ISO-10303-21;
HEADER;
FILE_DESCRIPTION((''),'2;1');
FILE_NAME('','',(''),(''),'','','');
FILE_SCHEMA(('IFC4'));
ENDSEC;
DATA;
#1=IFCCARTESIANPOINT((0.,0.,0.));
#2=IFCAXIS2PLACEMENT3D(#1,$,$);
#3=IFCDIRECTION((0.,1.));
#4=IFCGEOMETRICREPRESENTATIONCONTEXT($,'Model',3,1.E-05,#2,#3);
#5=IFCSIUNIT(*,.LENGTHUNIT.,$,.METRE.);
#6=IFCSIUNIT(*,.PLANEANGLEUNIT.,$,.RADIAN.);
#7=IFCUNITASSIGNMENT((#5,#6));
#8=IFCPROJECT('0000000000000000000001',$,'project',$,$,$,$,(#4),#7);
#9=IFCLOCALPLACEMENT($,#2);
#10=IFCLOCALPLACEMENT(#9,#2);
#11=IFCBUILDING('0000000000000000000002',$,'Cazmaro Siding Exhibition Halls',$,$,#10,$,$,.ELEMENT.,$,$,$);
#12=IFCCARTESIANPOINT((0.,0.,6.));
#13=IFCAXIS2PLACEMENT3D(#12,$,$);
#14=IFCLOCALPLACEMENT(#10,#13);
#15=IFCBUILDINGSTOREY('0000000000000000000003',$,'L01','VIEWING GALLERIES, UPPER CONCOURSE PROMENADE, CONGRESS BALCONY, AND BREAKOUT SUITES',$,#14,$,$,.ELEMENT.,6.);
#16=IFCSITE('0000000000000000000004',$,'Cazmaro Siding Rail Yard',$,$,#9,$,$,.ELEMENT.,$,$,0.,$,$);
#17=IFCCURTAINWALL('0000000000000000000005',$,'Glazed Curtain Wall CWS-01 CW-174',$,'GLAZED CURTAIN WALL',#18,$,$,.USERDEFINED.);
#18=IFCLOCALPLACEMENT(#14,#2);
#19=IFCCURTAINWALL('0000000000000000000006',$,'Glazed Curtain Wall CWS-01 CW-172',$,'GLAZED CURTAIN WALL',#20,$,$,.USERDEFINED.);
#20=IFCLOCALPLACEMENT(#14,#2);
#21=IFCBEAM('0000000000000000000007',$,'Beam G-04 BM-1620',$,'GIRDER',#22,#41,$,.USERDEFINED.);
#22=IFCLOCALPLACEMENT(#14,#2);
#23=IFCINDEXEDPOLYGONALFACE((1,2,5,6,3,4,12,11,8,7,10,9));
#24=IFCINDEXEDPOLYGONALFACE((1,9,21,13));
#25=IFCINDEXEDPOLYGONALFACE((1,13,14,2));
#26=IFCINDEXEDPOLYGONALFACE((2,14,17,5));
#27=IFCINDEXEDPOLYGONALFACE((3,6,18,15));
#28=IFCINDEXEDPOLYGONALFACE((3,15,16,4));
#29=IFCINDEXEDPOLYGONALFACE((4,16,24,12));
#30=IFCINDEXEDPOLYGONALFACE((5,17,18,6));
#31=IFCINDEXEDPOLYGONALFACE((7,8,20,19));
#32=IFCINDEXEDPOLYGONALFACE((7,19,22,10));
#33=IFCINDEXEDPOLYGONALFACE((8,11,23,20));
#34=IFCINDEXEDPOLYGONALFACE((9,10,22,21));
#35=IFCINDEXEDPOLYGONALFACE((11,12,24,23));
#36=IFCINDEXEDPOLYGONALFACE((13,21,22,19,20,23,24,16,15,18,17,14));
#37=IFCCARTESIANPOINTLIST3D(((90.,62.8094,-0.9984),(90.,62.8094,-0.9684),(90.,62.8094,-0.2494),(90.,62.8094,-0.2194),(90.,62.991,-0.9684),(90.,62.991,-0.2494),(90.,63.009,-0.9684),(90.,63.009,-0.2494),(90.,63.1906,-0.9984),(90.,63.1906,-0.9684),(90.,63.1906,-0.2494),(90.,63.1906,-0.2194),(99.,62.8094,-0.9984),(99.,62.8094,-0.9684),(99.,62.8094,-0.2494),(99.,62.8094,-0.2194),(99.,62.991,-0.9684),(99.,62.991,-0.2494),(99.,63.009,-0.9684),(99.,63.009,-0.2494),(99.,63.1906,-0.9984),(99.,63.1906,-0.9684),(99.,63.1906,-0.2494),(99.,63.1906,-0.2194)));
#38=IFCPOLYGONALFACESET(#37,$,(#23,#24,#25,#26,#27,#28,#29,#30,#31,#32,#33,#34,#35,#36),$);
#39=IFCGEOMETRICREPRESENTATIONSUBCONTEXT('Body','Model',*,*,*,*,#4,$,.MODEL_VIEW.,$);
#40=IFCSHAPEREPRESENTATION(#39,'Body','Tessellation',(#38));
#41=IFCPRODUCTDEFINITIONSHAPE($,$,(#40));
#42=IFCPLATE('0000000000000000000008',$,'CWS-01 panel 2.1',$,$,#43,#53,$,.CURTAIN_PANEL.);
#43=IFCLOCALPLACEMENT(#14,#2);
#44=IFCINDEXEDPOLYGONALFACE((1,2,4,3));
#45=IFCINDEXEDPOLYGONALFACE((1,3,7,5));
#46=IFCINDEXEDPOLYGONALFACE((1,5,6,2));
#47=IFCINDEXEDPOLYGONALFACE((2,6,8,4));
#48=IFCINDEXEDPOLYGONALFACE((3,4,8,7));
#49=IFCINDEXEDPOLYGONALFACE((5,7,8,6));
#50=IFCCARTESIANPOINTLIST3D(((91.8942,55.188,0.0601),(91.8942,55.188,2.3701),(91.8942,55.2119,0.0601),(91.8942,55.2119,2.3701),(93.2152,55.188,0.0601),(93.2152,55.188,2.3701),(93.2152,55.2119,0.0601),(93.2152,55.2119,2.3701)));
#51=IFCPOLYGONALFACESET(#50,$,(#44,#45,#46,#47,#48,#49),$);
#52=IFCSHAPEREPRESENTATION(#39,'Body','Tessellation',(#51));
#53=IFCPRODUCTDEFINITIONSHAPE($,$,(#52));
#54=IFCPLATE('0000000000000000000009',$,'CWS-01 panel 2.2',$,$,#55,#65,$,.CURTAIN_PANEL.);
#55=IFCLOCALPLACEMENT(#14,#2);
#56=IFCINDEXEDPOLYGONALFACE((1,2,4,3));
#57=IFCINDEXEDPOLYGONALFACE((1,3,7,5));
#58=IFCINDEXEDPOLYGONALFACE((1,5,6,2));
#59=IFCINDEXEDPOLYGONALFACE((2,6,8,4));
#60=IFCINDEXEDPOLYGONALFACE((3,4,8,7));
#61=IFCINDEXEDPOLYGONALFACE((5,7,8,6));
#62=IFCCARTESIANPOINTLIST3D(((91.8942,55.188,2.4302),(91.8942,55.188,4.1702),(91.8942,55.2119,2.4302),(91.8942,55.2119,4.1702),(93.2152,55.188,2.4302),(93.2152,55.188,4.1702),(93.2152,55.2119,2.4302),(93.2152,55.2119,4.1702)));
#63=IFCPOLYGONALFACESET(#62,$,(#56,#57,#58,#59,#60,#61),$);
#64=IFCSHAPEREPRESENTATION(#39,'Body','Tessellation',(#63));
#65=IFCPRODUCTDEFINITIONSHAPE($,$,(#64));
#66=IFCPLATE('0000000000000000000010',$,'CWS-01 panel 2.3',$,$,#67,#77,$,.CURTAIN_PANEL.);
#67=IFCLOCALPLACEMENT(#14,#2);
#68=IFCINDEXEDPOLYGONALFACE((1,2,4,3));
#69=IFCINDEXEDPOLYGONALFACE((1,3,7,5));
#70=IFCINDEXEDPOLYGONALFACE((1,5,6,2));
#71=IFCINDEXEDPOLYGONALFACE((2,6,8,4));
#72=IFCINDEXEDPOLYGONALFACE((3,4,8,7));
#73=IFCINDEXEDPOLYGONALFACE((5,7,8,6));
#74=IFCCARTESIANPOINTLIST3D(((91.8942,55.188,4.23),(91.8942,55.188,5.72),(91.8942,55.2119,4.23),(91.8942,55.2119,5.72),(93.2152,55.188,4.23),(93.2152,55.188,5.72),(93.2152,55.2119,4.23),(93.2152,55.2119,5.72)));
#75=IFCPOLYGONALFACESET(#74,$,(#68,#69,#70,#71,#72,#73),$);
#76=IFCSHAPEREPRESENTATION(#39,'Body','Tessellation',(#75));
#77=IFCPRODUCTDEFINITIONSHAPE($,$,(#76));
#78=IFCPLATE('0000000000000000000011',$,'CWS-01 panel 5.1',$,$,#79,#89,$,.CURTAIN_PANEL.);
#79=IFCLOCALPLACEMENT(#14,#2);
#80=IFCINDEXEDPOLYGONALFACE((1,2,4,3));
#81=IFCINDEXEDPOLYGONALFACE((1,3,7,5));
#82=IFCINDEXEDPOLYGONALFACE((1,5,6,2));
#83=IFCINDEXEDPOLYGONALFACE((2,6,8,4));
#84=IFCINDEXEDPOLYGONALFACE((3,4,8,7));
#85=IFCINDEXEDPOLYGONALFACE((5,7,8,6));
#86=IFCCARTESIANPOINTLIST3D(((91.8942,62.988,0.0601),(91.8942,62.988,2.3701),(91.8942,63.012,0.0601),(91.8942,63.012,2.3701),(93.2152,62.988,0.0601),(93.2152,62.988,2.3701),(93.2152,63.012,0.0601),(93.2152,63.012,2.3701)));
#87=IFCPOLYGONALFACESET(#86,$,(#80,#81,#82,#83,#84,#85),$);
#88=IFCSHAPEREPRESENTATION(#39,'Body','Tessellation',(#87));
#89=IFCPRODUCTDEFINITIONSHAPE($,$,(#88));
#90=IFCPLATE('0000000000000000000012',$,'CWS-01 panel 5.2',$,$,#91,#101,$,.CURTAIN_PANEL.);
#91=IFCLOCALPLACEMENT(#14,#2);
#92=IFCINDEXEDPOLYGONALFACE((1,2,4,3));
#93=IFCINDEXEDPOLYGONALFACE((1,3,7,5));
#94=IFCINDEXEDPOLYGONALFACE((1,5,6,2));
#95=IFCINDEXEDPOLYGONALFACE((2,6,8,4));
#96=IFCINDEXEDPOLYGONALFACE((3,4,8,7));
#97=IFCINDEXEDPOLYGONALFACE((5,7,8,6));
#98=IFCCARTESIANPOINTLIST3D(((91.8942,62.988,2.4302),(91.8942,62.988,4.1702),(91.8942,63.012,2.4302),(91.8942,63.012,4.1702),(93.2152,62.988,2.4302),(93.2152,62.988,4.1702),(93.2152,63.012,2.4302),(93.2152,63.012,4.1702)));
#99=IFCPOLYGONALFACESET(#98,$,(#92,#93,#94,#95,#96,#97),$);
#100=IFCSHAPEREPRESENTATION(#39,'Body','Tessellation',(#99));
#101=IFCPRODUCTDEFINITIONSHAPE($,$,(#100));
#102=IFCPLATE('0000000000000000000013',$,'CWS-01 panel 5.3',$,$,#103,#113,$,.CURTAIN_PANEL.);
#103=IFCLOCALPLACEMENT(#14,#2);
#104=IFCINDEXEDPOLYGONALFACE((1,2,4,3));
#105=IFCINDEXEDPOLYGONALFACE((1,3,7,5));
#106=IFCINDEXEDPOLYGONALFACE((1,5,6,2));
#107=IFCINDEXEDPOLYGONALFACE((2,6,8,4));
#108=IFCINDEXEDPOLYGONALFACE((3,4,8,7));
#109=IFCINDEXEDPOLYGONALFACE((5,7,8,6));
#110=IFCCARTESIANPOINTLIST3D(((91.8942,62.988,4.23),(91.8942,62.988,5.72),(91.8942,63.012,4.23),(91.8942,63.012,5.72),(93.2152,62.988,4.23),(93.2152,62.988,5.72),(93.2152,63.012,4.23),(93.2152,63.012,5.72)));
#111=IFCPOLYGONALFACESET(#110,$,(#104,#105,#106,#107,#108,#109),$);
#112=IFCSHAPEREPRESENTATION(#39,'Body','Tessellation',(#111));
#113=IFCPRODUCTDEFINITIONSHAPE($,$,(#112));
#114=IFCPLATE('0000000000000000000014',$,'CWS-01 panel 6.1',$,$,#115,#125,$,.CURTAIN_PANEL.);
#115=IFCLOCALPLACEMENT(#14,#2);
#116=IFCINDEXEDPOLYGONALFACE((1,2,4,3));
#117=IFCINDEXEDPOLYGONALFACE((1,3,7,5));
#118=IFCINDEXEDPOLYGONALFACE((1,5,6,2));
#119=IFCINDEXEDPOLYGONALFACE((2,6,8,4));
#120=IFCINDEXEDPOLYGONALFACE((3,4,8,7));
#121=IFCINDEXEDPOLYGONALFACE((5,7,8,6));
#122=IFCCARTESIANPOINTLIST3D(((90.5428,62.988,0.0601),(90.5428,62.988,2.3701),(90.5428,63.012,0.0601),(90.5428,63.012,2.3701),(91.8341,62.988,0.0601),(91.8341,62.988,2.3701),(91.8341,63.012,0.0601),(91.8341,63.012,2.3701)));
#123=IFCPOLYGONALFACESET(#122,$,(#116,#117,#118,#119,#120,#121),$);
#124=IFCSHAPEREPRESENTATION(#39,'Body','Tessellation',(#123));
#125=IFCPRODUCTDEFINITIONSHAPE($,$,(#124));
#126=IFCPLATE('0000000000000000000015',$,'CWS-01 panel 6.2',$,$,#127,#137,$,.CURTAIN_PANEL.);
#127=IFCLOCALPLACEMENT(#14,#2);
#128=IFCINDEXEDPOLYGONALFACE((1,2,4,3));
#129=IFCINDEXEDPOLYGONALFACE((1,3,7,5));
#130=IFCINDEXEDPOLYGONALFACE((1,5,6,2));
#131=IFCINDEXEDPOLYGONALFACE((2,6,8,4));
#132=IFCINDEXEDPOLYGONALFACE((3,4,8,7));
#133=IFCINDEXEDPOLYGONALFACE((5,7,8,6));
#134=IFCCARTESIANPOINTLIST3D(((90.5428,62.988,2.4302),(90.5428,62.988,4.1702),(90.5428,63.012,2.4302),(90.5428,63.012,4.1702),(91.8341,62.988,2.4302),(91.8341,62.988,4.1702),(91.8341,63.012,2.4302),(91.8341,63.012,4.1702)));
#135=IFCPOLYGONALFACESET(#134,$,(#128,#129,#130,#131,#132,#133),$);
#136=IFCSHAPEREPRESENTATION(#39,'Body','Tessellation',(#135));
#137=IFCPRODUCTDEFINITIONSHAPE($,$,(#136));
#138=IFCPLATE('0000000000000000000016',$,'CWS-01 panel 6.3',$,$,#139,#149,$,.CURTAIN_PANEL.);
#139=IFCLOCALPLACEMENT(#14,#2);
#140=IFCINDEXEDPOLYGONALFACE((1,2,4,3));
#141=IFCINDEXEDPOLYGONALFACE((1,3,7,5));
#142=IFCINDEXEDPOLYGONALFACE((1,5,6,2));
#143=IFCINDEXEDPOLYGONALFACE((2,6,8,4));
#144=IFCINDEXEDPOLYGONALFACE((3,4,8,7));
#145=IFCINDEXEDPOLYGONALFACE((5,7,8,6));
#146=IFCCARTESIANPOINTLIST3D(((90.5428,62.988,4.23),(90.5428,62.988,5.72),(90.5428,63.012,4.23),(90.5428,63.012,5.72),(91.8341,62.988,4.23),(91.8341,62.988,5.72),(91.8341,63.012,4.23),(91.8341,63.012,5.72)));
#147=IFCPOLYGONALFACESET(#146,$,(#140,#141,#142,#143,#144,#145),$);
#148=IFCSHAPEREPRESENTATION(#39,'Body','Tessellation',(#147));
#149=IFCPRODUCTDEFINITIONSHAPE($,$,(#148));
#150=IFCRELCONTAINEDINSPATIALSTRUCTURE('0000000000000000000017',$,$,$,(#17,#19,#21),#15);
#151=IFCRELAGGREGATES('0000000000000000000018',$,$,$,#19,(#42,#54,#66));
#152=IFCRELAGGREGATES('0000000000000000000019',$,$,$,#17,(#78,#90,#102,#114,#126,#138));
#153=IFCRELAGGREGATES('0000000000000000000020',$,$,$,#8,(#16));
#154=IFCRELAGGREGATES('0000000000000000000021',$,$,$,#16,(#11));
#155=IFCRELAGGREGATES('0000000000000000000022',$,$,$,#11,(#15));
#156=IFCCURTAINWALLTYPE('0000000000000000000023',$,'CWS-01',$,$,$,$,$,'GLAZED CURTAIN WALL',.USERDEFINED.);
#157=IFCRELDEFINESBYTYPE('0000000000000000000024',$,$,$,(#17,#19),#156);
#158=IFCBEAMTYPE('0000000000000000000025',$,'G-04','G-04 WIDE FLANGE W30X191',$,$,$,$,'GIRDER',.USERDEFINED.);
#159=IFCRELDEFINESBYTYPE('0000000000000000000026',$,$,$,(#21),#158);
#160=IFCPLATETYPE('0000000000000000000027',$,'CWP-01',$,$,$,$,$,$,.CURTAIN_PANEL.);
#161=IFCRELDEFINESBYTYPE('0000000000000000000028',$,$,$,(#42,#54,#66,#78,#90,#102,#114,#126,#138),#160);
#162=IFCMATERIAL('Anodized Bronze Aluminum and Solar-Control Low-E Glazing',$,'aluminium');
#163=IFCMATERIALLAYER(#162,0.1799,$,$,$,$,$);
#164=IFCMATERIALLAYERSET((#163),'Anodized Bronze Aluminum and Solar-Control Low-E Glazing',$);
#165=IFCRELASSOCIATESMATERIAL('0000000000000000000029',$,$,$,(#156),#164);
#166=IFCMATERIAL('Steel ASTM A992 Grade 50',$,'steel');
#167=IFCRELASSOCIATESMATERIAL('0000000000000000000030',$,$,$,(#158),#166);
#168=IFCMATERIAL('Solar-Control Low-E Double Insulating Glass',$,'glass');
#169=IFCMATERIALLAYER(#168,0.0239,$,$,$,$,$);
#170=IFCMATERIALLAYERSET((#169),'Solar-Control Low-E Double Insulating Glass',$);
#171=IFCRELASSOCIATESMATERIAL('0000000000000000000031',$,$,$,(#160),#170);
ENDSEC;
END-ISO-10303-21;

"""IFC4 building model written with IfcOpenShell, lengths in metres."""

from ifc_helpers import new_model, si_unit, direction, frame, origin, origin_2d, place, context, subcontext, project, spatial, rectangle, i_section, extrude, material, layer, layer_set, material_profile, profile_set, type_object, element, aggregate, save


model = new_model("IFC4")

# Units and contexts
model_context = context("Model", 3, precision=1e-05, world=origin(), true_north=direction((0.0, 1.0)))
body_context = subcontext(model_context, "Body", "Model", "MODEL_VIEW")
ifc_project = project(units=[si_unit("LENGTHUNIT", "METRE"), si_unit("PLANEANGLEUNIT", "RADIAN")], contexts=[model_context])

# Site, building, storey
site_placement = place(None, origin())
site = spatial("IfcSite", under=ifc_project, at=site_placement, Name="Cazmaro Siding Rail Yard", CompositionType="ELEMENT", RefElevation=0.0)
building_placement = place(site_placement, origin())
building = spatial("IfcBuilding", under=site, at=building_placement, Name="Cazmaro Siding Exhibition Halls", CompositionType="ELEMENT")
storey_placement = place(building_placement, frame((0.0, 0.0, 6.0)))
storey = spatial("IfcBuildingStorey", under=building, at=storey_placement, Name="L01", Description="VIEWING GALLERIES, UPPER CONCOURSE PROMENADE, CONGRESS BALCONY, AND BREAKOUT SUITES", CompositionType="ELEMENT", Elevation=6.0)

# Curtain walls
ifc_material_1 = material(Name="Anodized Bronze Aluminum and Solar-Control Low-E Glazing", Category="aluminium")
ifc_layer_1 = layer(ifc_material_1, 0.1799)
ifc_layer_set_1 = layer_set([ifc_layer_1], Name="Anodized Bronze Aluminum and Solar-Control Low-E Glazing")
curtain_wall_type = type_object("IfcCurtainWallType", Name="CWS-01", ElementType="GLAZED CURTAIN WALL", PredefinedType="USERDEFINED", material=ifc_layer_set_1)
curtain_wall_1_placement = place(storey_placement, origin())
curtain_wall_1 = element("IfcCurtainWall", 1, at=curtain_wall_1_placement, inside=storey, type_object=curtain_wall_type, Name="Glazed Curtain Wall CWS-01 CW-174", ObjectType="GLAZED CURTAIN WALL", PredefinedType="USERDEFINED")
curtain_wall_2_placement = place(storey_placement, origin())
curtain_wall_2 = element("IfcCurtainWall", 2, at=curtain_wall_2_placement, inside=storey, type_object=curtain_wall_type, Name="Glazed Curtain Wall CWS-01 CW-172", ObjectType="GLAZED CURTAIN WALL", PredefinedType="USERDEFINED")

# Beam
ifc_material_2 = material(Name="Steel ASTM A992 Grade 50", Category="steel")
ifc_material_profile_1 = material_profile(ifc_material_2, i_section(OverallWidth=0.3811, OverallDepth=0.7791, WebThickness=0.0181, FlangeThickness=0.03, at=origin_2d()), Name="W30X191")
ifc_profile_set_1 = profile_set([ifc_material_profile_1], Name="Steel ASTM A992 Grade 50")
beam_type_1 = type_object("IfcBeamType", Name="G-04", Description="G-04 WIDE FLANGE W30X191", ElementType="GIRDER", PredefinedType="USERDEFINED", material=ifc_profile_set_1)
beam_1_placement = place(storey_placement, frame((90.0, 63.0, -0.6089), z_axis=(1.0, 0.0, 0.0), x_axis=(0.0, 1.0, 0.0)))
element("IfcBeam", 3, at=beam_1_placement, inside=storey, type_object=beam_type_1, Name="Beam G-04 BM-1620", ObjectType="GIRDER", PredefinedType="USERDEFINED", context=body_context, shape_type="SweptSolid", body=[
    extrude(i_section(OverallWidth=0.3811, OverallDepth=0.7791, WebThickness=0.0181, FlangeThickness=0.03, at=origin_2d()), origin(), (0.0, 0.0, 1.0), 9.0),
])

# Plates
ifc_material_3 = material(Name="Solar-Control Low-E Double Insulating Glass", Category="glass")
ifc_layer_2 = layer(ifc_material_3, 0.0239)
ifc_layer_set_2 = layer_set([ifc_layer_2], Name="Solar-Control Low-E Double Insulating Glass")
plate_type = type_object("IfcPlateType", Name="CWP-01", PredefinedType="CURTAIN_PANEL", material=ifc_layer_set_2)
plate_1_placement = place(storey_placement, frame((92.5547, 55.2, 0.0601), z_axis=(0.0, 0.0, 1.0), x_axis=(1.0, 0.0, 0.0)))
plate_1 = element("IfcPlate", 4, at=plate_1_placement, type_object=plate_type, Name="CWS-01 panel 2.1", PredefinedType="CURTAIN_PANEL", context=body_context, shape_type="SweptSolid", body=[
    extrude(rectangle(XDim=1.321, YDim=0.0239, at=origin_2d()), origin(), (0.0, 0.0, 1.0), 2.3101),
])
plate_2_placement = place(storey_placement, frame((92.5547, 55.2, 2.4302), z_axis=(0.0, 0.0, 1.0), x_axis=(1.0, 0.0, 0.0)))
plate_2 = element("IfcPlate", 5, at=plate_2_placement, type_object=plate_type, Name="CWS-01 panel 2.2", PredefinedType="CURTAIN_PANEL", context=body_context, shape_type="SweptSolid", body=[
    extrude(rectangle(XDim=1.321, YDim=0.0239, at=origin_2d()), origin(), (0.0, 0.0, 1.0), 1.74),
])
plate_3_placement = place(storey_placement, frame((92.5547, 55.2, 4.23), z_axis=(0.0, 0.0, 1.0), x_axis=(1.0, 0.0, 0.0)))
plate_3 = element("IfcPlate", 6, at=plate_3_placement, type_object=plate_type, Name="CWS-01 panel 2.3", PredefinedType="CURTAIN_PANEL", context=body_context, shape_type="SweptSolid", body=[
    extrude(rectangle(XDim=1.321, YDim=0.0239, at=origin_2d()), origin(), (0.0, 0.0, 1.0), 1.49),
])
aggregate(curtain_wall_2, [plate_1, plate_2, plate_3])
plate_4_placement = place(storey_placement, frame((92.5547, 63.0, 0.0601), z_axis=(0.0, 0.0, 1.0), x_axis=(-1.0, 0.0, 0.0)))
plate_4 = element("IfcPlate", 7, at=plate_4_placement, type_object=plate_type, Name="CWS-01 panel 5.1", PredefinedType="CURTAIN_PANEL", context=body_context, shape_type="SweptSolid", body=[
    extrude(rectangle(XDim=1.321, YDim=0.0239, at=origin_2d()), origin(), (0.0, 0.0, 1.0), 2.3101),
])
plate_5_placement = place(storey_placement, frame((92.5547, 63.0, 2.4302), z_axis=(0.0, 0.0, 1.0), x_axis=(-1.0, 0.0, 0.0)))
plate_5 = element("IfcPlate", 8, at=plate_5_placement, type_object=plate_type, Name="CWS-01 panel 5.2", PredefinedType="CURTAIN_PANEL", context=body_context, shape_type="SweptSolid", body=[
    extrude(rectangle(XDim=1.321, YDim=0.0239, at=origin_2d()), origin(), (0.0, 0.0, 1.0), 1.74),
])
plate_6_placement = place(storey_placement, frame((92.5547, 63.0, 4.23), z_axis=(0.0, 0.0, 1.0), x_axis=(-1.0, 0.0, 0.0)))
plate_6 = element("IfcPlate", 9, at=plate_6_placement, type_object=plate_type, Name="CWS-01 panel 5.3", PredefinedType="CURTAIN_PANEL", context=body_context, shape_type="SweptSolid", body=[
    extrude(rectangle(XDim=1.321, YDim=0.0239, at=origin_2d()), origin(), (0.0, 0.0, 1.0), 1.49),
])
plate_7_placement = place(storey_placement, frame((91.1885, 63.0, 0.0601), z_axis=(0.0, 0.0, 1.0), x_axis=(-1.0, 0.0, 0.0)))
plate_7 = element("IfcPlate", 10, at=plate_7_placement, type_object=plate_type, Name="CWS-01 panel 6.1", PredefinedType="CURTAIN_PANEL", context=body_context, shape_type="SweptSolid", body=[
    extrude(rectangle(XDim=1.2913, YDim=0.0239, at=origin_2d()), origin(), (0.0, 0.0, 1.0), 2.3101),
])
plate_8_placement = place(storey_placement, frame((91.1885, 63.0, 2.4302), z_axis=(0.0, 0.0, 1.0), x_axis=(-1.0, 0.0, 0.0)))
plate_8 = element("IfcPlate", 11, at=plate_8_placement, type_object=plate_type, Name="CWS-01 panel 6.2", PredefinedType="CURTAIN_PANEL", context=body_context, shape_type="SweptSolid", body=[
    extrude(rectangle(XDim=1.2913, YDim=0.0239, at=origin_2d()), origin(), (0.0, 0.0, 1.0), 1.74),
])
plate_9_placement = place(storey_placement, frame((91.1885, 63.0, 4.23), z_axis=(0.0, 0.0, 1.0), x_axis=(-1.0, 0.0, 0.0)))
plate_9 = element("IfcPlate", 12, at=plate_9_placement, type_object=plate_type, Name="CWS-01 panel 6.3", PredefinedType="CURTAIN_PANEL", context=body_context, shape_type="SweptSolid", body=[
    extrude(rectangle(XDim=1.2913, YDim=0.0239, at=origin_2d()), origin(), (0.0, 0.0, 1.0), 1.49),
])
aggregate(curtain_wall_1, [plate_4, plate_5, plate_6, plate_7, plate_8, plate_9])

save(model, "model.ifc")
